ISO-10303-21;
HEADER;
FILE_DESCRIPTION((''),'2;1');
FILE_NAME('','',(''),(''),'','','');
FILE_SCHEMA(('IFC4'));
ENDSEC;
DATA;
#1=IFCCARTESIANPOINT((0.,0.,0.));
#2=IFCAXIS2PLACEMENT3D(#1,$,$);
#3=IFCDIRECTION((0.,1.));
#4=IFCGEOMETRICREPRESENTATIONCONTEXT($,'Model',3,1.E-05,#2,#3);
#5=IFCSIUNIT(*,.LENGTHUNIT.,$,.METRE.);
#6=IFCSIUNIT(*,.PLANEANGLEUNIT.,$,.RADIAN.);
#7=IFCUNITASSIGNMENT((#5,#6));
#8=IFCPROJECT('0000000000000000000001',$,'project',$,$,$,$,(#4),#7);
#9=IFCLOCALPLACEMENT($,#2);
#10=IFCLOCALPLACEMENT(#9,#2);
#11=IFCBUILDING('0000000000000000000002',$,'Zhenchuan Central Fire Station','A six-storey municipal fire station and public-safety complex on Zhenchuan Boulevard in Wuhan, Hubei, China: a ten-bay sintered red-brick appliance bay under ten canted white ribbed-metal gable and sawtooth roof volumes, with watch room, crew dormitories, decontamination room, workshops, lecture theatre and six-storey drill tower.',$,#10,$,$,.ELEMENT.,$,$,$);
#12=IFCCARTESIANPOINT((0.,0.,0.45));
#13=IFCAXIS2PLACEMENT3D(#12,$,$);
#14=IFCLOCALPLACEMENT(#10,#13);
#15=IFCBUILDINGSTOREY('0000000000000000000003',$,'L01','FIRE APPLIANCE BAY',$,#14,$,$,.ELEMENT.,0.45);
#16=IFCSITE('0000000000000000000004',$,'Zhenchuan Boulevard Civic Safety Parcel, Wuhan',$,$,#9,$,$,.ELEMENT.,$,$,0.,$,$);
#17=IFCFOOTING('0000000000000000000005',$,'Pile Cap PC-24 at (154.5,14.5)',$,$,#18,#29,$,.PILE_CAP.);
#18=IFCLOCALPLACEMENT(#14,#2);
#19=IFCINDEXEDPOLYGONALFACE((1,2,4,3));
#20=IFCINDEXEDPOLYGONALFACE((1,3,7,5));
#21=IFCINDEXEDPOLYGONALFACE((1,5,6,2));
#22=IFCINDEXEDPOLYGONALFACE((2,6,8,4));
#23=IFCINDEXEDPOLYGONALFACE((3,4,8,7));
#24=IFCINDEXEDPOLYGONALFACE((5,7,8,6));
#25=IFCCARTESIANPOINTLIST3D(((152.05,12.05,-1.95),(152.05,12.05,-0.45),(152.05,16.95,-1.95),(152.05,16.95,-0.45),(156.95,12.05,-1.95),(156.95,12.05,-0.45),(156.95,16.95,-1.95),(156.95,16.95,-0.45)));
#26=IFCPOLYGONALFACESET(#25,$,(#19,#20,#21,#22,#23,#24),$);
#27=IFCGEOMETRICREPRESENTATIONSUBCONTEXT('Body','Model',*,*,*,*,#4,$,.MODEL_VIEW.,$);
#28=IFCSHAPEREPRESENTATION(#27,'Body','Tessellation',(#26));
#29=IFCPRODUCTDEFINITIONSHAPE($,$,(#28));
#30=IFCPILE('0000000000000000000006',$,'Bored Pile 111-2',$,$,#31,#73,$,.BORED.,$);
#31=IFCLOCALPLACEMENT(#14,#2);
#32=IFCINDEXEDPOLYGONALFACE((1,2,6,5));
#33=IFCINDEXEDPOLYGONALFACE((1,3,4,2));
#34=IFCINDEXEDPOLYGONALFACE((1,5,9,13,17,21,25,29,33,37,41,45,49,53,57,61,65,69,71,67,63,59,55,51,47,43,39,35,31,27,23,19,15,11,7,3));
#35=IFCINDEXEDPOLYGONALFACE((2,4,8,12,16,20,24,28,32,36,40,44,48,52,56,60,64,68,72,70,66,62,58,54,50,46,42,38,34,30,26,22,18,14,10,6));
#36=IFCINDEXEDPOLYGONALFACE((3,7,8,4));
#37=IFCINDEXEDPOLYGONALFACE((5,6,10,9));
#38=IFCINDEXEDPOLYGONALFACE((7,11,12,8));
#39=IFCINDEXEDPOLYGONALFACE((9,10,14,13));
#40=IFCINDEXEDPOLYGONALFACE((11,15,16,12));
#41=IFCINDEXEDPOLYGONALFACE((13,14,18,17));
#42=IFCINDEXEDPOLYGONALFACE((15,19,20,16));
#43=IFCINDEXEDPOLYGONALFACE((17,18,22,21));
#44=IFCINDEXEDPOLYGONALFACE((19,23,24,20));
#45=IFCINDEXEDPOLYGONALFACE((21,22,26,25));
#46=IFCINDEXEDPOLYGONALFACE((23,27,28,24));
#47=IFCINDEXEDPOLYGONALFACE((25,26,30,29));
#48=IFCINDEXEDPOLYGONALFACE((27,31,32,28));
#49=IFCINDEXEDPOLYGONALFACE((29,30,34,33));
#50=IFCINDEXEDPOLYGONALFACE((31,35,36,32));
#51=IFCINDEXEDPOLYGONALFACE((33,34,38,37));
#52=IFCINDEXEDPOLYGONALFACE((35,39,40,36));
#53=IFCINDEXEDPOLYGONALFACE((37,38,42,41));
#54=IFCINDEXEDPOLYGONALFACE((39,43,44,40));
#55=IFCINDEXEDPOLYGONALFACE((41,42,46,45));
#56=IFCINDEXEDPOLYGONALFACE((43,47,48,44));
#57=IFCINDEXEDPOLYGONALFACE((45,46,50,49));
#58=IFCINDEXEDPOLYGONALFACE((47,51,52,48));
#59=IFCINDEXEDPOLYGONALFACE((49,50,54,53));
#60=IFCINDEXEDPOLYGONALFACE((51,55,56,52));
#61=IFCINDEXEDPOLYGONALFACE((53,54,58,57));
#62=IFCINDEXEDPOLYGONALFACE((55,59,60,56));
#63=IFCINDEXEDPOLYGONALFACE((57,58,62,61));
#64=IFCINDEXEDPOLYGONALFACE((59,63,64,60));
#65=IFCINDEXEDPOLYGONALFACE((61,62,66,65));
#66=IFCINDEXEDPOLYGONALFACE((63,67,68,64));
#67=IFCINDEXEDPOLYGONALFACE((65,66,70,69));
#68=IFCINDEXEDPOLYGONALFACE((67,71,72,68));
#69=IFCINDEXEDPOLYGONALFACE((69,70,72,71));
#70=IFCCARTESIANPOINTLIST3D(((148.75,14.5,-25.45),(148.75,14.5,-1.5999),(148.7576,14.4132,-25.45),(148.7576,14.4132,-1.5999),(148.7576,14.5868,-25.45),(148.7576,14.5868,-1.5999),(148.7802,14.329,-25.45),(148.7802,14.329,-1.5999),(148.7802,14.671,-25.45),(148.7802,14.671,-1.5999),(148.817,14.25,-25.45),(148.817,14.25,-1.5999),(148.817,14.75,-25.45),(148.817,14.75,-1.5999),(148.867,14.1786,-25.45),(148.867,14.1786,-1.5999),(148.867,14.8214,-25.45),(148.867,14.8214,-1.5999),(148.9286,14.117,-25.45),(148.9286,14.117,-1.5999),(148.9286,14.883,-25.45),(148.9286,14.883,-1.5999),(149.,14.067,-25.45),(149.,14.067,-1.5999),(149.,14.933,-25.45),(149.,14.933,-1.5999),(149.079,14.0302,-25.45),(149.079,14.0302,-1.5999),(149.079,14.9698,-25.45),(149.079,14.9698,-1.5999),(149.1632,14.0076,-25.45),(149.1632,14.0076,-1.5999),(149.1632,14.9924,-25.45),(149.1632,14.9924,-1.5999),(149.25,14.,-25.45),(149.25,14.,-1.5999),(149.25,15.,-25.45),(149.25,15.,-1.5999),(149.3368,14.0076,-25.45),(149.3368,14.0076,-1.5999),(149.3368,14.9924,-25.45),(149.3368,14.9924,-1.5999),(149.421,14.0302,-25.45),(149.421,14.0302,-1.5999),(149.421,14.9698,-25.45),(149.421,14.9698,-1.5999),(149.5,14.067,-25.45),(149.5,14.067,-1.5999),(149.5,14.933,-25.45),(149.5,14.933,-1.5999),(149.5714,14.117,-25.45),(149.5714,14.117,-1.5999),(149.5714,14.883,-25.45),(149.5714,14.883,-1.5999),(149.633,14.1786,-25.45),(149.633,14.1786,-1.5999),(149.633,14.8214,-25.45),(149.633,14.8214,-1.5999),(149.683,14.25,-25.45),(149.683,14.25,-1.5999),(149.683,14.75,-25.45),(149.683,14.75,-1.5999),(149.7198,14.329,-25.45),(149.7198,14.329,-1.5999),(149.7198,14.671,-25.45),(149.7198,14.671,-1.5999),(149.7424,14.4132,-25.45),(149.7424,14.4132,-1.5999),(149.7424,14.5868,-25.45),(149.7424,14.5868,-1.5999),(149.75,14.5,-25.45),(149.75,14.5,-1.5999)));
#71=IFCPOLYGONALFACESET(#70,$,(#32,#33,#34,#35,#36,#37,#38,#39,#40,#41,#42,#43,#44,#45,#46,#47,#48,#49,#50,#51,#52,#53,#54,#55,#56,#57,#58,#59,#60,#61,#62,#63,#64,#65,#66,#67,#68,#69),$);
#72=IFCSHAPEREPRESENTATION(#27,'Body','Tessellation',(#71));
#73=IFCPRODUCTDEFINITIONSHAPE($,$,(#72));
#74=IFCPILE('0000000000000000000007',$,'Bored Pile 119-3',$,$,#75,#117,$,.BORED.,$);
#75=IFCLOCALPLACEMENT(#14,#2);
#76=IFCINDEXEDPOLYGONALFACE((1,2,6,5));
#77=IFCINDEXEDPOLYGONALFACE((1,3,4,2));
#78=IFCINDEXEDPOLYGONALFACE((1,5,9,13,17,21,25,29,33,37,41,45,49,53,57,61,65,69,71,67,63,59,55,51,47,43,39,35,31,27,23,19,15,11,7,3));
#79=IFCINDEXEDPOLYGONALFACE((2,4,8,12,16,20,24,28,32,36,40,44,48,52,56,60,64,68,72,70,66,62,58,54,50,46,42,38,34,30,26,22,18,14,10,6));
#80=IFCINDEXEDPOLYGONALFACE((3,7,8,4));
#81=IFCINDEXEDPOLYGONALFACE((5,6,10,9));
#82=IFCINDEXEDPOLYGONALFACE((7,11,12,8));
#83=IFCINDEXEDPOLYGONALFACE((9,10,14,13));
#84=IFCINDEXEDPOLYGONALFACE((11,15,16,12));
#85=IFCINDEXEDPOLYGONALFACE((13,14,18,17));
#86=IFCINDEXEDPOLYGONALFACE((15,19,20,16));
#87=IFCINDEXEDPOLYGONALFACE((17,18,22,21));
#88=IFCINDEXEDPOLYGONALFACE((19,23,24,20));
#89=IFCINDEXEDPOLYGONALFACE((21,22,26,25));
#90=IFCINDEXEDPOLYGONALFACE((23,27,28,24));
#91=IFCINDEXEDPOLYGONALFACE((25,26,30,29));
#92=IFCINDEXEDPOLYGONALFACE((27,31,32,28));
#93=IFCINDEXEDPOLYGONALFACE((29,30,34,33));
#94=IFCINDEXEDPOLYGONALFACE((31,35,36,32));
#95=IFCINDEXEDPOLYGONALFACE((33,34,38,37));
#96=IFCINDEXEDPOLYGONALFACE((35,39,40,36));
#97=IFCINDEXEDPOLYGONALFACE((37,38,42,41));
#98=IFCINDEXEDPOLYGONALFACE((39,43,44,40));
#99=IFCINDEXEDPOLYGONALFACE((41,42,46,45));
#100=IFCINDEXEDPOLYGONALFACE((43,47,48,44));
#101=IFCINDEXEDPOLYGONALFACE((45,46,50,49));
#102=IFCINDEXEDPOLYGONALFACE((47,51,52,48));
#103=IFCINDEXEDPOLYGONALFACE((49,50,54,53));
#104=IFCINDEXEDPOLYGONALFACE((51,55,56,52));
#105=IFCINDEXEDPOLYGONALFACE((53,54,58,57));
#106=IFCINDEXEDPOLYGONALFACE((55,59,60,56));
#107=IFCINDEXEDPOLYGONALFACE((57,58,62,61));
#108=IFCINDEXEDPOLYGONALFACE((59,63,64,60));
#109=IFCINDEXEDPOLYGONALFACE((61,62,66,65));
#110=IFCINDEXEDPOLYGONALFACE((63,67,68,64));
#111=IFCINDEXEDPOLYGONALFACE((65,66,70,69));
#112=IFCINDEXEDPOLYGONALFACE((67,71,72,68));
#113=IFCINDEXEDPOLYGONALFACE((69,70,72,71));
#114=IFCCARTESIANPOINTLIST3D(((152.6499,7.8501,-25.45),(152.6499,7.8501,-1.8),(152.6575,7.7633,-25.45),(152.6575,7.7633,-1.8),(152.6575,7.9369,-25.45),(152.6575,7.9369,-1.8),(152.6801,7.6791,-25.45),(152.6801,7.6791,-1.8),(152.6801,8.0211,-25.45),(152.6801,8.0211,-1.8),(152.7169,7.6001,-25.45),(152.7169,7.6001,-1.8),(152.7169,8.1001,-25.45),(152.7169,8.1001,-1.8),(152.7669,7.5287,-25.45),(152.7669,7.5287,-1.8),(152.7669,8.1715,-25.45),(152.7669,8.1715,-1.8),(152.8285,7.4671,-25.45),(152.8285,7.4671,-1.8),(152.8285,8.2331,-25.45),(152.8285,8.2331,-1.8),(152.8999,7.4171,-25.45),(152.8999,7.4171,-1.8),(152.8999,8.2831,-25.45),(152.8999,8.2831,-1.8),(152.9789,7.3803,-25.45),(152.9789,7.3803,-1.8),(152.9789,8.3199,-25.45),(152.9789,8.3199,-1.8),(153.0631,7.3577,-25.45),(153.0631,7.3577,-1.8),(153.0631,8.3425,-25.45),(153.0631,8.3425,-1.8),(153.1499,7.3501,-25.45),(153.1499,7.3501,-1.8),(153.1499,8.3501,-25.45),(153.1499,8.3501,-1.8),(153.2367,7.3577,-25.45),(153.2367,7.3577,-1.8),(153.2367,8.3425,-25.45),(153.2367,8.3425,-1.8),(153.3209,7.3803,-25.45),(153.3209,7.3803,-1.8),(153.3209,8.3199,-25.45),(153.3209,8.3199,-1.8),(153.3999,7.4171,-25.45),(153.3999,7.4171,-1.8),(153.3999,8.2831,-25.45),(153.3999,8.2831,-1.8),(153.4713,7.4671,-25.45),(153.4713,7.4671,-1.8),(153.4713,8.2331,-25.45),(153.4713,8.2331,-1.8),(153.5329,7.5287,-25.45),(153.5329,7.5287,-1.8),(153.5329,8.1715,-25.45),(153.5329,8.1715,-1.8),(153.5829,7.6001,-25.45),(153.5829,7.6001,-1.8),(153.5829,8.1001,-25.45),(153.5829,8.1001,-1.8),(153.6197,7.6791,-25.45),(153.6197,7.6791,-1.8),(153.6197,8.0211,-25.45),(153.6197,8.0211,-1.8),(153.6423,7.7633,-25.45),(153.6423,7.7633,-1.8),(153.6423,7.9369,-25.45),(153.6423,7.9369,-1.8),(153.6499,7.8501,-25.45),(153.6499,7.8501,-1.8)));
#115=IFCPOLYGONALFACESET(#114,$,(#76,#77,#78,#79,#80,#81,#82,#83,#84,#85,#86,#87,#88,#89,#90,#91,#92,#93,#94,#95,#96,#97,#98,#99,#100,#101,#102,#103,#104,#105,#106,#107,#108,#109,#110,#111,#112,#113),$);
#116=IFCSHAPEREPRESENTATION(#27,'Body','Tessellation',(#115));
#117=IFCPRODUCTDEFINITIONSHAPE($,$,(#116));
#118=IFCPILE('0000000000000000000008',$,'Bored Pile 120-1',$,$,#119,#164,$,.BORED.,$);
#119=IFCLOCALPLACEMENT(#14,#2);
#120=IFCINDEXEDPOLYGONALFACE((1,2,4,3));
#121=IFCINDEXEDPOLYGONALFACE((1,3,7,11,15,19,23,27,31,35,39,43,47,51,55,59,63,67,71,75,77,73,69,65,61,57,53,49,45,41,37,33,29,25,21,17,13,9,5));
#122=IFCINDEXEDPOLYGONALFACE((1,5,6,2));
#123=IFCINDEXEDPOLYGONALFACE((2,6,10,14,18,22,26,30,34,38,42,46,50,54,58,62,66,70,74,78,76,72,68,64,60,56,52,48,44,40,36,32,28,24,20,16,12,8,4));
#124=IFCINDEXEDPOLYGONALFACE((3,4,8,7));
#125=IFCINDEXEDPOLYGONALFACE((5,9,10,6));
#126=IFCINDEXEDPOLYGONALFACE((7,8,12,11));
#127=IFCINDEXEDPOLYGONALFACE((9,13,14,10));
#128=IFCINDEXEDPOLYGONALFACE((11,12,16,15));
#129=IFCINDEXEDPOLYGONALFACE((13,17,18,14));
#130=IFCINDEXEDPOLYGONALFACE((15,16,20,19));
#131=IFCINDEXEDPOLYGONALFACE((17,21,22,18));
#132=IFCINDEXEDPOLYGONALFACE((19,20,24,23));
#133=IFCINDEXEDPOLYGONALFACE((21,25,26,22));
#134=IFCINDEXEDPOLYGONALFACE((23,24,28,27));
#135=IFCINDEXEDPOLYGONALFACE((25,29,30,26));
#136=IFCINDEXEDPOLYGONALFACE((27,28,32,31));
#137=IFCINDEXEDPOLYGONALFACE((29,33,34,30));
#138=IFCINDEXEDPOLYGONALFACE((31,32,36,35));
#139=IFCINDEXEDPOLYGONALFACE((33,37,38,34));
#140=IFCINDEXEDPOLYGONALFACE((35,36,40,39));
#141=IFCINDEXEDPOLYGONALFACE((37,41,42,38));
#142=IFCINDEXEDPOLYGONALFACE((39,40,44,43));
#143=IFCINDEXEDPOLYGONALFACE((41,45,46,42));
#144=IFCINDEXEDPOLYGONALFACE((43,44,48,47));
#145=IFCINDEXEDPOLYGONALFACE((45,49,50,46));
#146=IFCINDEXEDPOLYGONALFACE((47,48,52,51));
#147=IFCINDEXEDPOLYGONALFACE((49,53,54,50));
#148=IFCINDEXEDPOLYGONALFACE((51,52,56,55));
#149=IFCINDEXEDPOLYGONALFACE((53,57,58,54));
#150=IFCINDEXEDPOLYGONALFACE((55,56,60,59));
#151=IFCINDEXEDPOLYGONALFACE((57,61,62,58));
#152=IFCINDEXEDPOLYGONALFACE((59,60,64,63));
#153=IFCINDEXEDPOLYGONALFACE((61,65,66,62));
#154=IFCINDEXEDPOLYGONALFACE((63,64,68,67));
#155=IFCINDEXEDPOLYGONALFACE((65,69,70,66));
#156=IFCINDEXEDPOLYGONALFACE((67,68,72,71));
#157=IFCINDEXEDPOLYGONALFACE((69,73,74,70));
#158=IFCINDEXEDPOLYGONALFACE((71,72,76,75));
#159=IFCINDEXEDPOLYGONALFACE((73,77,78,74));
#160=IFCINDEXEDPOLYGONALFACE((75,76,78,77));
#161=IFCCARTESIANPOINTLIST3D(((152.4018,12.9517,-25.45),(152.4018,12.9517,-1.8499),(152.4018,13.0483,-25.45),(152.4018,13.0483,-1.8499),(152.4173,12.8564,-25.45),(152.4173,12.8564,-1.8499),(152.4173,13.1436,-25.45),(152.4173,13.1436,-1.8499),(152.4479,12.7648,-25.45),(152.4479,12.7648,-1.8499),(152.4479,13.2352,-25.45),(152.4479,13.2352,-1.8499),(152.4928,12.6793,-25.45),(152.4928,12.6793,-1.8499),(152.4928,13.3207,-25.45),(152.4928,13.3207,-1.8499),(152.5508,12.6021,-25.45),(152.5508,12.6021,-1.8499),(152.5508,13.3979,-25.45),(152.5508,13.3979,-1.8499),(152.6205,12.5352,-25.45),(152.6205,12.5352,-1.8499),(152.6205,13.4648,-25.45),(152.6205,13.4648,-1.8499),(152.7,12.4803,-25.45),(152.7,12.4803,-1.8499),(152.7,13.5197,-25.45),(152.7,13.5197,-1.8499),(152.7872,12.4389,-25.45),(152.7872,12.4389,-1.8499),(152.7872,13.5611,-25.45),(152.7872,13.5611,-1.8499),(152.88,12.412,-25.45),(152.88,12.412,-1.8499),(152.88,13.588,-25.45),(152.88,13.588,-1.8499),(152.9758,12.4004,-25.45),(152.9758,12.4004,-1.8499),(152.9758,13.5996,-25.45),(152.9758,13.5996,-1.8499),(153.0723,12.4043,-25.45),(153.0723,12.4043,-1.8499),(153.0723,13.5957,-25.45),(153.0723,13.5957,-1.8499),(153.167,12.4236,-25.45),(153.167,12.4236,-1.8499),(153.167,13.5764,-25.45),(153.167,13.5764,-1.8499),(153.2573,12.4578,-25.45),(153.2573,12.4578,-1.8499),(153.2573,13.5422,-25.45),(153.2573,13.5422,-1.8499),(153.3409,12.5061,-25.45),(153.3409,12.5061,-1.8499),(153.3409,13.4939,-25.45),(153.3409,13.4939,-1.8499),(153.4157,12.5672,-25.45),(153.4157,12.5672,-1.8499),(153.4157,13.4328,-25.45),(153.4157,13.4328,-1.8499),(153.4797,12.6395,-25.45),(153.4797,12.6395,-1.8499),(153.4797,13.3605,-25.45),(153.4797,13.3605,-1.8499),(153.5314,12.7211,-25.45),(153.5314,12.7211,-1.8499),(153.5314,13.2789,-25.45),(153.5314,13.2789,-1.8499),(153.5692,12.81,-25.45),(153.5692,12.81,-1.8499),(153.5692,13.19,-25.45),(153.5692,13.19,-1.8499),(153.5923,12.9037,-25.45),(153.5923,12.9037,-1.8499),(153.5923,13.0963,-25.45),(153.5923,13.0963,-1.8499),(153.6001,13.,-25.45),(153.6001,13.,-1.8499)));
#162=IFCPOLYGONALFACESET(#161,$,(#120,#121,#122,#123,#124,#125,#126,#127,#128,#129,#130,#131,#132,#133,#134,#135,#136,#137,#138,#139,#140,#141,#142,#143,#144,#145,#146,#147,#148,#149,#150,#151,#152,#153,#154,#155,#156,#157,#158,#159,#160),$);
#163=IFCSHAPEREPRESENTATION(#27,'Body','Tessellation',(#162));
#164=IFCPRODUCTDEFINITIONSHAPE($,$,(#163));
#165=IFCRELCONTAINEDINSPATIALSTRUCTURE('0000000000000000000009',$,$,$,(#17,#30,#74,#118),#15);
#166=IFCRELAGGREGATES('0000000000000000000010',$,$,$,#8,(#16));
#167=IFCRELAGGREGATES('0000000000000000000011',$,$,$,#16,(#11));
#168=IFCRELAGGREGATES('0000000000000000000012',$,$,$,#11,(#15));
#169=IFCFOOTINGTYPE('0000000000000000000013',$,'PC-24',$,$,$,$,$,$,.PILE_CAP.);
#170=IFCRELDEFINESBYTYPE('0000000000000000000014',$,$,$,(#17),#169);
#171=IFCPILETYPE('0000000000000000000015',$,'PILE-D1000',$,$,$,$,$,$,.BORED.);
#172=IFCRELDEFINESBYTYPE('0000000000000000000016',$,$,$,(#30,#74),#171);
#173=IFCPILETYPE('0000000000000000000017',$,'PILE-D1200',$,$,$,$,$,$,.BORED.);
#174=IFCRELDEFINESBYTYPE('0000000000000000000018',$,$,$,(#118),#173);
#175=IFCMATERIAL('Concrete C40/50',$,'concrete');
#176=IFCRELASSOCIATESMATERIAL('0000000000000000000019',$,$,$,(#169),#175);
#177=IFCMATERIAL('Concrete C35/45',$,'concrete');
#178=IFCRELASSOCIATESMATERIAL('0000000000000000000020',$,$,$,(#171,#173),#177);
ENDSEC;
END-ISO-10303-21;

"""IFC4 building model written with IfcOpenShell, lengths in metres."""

from ifc_helpers import new_model, si_unit, direction, frame, origin, origin_2d, place, context, subcontext, project, spatial, rectangle, circle, extrude, material, material_profile, profile_set, type_object, element, save


model = new_model("IFC4")

# Units and contexts
model_context = context("Model", 3, precision=1e-05, world=origin(), true_north=direction((0.0, 1.0)))
body_context = subcontext(model_context, "Body", "Model", "MODEL_VIEW")
ifc_project = project(units=[si_unit("LENGTHUNIT", "METRE"), si_unit("PLANEANGLEUNIT", "RADIAN")], contexts=[model_context])

# Site, building, storey
site_placement = place(None, origin())
site = spatial("IfcSite", under=ifc_project, at=site_placement, Name="Zhenchuan Boulevard Civic Safety Parcel, Wuhan", CompositionType="ELEMENT", RefElevation=0.0)
building_placement = place(site_placement, origin())
building = spatial("IfcBuilding", under=site, at=building_placement, Name="Zhenchuan Central Fire Station", Description="A six-storey municipal fire station and public-safety complex on Zhenchuan Boulevard in Wuhan, Hubei, China: a ten-bay sintered red-brick appliance bay under ten canted white ribbed-metal gable and sawtooth roof volumes, with watch room, crew dormitories, decontamination room, workshops, lecture theatre and six-storey drill tower.", CompositionType="ELEMENT")
storey_placement = place(building_placement, frame((0.0, 0.0, 0.45)))
storey = spatial("IfcBuildingStorey", under=building, at=storey_placement, Name="L01", Description="FIRE APPLIANCE BAY", CompositionType="ELEMENT", Elevation=0.45)

# Footing
ifc_material_1 = material(Name="Concrete C40/50", Category="concrete")
footing_type = type_object("IfcFootingType", Name="PC-24", PredefinedType="PILE_CAP", material=ifc_material_1)
footing_placement = place(storey_placement, frame((154.5, 14.5, -1.95), z_axis=(0.0, 0.0, 1.0), x_axis=(1.0, 0.0, 0.0)))
element("IfcFooting", 1, at=footing_placement, inside=storey, type_object=footing_type, Name="Pile Cap PC-24 at (154.5,14.5)", PredefinedType="PILE_CAP", context=body_context, shape_type="SweptSolid", body=[
    extrude(rectangle(XDim=4.8999, YDim=4.8999, at=origin_2d()), origin(), (0.0, 0.0, 1.0), 1.5),
])

# Piles
ifc_material_2 = material(Name="Concrete C35/45", Category="concrete")
ifc_material_profile_1 = material_profile(ifc_material_2, circle(Radius=0.5, at=origin_2d()), Name="PILE D1000")
ifc_profile_set_1 = profile_set([ifc_material_profile_1], Name="Concrete C35/45")
pile_type_1 = type_object("IfcPileType", Name="PILE-D1000", PredefinedType="BORED", material=ifc_profile_set_1)
pile_1_placement = place(storey_placement, frame((149.25, 14.5, -1.5999), z_axis=(0.0, 0.0, -1.0), x_axis=(1.0, 0.0, 0.0)))
element("IfcPile", 2, at=pile_1_placement, inside=storey, type_object=pile_type_1, Name="Bored Pile 111-2", PredefinedType="BORED", context=body_context, shape_type="SweptSolid", body=[
    extrude(circle(Radius=0.5, at=origin_2d()), origin(), (0.0, 0.0, 1.0), 23.8501),
])
pile_2_placement = place(storey_placement, frame((153.1499, 7.8501, -1.8), z_axis=(0.0, 0.0, -1.0), x_axis=(1.0, 0.0, 0.0)))
element("IfcPile", 3, at=pile_2_placement, inside=storey, type_object=pile_type_1, Name="Bored Pile 119-3", PredefinedType="BORED", context=body_context, shape_type="SweptSolid", body=[
    extrude(circle(Radius=0.5, at=origin_2d()), origin(), (0.0, 0.0, 1.0), 23.6499),
])
ifc_material_profile_2 = material_profile(ifc_material_2, circle(Radius=0.6001, at=origin_2d()), Name="PILE D1200")
ifc_profile_set_2 = profile_set([ifc_material_profile_2], Name="Concrete C35/45")
pile_type_2 = type_object("IfcPileType", Name="PILE-D1200", PredefinedType="BORED", material=ifc_profile_set_2)
pile_3_placement = place(storey_placement, frame((153.0, 13.0, -1.8499), z_axis=(0.0, 0.0, -1.0), x_axis=(1.0, 0.0, 0.0)))
element("IfcPile", 4, at=pile_3_placement, inside=storey, type_object=pile_type_2, Name="Bored Pile 120-1", PredefinedType="BORED", context=body_context, shape_type="SweptSolid", body=[
    extrude(circle(Radius=0.6001, at=origin_2d()), origin(), (0.0, 0.0, 1.0), 23.6001),
])

save(model, "model.ifc")
